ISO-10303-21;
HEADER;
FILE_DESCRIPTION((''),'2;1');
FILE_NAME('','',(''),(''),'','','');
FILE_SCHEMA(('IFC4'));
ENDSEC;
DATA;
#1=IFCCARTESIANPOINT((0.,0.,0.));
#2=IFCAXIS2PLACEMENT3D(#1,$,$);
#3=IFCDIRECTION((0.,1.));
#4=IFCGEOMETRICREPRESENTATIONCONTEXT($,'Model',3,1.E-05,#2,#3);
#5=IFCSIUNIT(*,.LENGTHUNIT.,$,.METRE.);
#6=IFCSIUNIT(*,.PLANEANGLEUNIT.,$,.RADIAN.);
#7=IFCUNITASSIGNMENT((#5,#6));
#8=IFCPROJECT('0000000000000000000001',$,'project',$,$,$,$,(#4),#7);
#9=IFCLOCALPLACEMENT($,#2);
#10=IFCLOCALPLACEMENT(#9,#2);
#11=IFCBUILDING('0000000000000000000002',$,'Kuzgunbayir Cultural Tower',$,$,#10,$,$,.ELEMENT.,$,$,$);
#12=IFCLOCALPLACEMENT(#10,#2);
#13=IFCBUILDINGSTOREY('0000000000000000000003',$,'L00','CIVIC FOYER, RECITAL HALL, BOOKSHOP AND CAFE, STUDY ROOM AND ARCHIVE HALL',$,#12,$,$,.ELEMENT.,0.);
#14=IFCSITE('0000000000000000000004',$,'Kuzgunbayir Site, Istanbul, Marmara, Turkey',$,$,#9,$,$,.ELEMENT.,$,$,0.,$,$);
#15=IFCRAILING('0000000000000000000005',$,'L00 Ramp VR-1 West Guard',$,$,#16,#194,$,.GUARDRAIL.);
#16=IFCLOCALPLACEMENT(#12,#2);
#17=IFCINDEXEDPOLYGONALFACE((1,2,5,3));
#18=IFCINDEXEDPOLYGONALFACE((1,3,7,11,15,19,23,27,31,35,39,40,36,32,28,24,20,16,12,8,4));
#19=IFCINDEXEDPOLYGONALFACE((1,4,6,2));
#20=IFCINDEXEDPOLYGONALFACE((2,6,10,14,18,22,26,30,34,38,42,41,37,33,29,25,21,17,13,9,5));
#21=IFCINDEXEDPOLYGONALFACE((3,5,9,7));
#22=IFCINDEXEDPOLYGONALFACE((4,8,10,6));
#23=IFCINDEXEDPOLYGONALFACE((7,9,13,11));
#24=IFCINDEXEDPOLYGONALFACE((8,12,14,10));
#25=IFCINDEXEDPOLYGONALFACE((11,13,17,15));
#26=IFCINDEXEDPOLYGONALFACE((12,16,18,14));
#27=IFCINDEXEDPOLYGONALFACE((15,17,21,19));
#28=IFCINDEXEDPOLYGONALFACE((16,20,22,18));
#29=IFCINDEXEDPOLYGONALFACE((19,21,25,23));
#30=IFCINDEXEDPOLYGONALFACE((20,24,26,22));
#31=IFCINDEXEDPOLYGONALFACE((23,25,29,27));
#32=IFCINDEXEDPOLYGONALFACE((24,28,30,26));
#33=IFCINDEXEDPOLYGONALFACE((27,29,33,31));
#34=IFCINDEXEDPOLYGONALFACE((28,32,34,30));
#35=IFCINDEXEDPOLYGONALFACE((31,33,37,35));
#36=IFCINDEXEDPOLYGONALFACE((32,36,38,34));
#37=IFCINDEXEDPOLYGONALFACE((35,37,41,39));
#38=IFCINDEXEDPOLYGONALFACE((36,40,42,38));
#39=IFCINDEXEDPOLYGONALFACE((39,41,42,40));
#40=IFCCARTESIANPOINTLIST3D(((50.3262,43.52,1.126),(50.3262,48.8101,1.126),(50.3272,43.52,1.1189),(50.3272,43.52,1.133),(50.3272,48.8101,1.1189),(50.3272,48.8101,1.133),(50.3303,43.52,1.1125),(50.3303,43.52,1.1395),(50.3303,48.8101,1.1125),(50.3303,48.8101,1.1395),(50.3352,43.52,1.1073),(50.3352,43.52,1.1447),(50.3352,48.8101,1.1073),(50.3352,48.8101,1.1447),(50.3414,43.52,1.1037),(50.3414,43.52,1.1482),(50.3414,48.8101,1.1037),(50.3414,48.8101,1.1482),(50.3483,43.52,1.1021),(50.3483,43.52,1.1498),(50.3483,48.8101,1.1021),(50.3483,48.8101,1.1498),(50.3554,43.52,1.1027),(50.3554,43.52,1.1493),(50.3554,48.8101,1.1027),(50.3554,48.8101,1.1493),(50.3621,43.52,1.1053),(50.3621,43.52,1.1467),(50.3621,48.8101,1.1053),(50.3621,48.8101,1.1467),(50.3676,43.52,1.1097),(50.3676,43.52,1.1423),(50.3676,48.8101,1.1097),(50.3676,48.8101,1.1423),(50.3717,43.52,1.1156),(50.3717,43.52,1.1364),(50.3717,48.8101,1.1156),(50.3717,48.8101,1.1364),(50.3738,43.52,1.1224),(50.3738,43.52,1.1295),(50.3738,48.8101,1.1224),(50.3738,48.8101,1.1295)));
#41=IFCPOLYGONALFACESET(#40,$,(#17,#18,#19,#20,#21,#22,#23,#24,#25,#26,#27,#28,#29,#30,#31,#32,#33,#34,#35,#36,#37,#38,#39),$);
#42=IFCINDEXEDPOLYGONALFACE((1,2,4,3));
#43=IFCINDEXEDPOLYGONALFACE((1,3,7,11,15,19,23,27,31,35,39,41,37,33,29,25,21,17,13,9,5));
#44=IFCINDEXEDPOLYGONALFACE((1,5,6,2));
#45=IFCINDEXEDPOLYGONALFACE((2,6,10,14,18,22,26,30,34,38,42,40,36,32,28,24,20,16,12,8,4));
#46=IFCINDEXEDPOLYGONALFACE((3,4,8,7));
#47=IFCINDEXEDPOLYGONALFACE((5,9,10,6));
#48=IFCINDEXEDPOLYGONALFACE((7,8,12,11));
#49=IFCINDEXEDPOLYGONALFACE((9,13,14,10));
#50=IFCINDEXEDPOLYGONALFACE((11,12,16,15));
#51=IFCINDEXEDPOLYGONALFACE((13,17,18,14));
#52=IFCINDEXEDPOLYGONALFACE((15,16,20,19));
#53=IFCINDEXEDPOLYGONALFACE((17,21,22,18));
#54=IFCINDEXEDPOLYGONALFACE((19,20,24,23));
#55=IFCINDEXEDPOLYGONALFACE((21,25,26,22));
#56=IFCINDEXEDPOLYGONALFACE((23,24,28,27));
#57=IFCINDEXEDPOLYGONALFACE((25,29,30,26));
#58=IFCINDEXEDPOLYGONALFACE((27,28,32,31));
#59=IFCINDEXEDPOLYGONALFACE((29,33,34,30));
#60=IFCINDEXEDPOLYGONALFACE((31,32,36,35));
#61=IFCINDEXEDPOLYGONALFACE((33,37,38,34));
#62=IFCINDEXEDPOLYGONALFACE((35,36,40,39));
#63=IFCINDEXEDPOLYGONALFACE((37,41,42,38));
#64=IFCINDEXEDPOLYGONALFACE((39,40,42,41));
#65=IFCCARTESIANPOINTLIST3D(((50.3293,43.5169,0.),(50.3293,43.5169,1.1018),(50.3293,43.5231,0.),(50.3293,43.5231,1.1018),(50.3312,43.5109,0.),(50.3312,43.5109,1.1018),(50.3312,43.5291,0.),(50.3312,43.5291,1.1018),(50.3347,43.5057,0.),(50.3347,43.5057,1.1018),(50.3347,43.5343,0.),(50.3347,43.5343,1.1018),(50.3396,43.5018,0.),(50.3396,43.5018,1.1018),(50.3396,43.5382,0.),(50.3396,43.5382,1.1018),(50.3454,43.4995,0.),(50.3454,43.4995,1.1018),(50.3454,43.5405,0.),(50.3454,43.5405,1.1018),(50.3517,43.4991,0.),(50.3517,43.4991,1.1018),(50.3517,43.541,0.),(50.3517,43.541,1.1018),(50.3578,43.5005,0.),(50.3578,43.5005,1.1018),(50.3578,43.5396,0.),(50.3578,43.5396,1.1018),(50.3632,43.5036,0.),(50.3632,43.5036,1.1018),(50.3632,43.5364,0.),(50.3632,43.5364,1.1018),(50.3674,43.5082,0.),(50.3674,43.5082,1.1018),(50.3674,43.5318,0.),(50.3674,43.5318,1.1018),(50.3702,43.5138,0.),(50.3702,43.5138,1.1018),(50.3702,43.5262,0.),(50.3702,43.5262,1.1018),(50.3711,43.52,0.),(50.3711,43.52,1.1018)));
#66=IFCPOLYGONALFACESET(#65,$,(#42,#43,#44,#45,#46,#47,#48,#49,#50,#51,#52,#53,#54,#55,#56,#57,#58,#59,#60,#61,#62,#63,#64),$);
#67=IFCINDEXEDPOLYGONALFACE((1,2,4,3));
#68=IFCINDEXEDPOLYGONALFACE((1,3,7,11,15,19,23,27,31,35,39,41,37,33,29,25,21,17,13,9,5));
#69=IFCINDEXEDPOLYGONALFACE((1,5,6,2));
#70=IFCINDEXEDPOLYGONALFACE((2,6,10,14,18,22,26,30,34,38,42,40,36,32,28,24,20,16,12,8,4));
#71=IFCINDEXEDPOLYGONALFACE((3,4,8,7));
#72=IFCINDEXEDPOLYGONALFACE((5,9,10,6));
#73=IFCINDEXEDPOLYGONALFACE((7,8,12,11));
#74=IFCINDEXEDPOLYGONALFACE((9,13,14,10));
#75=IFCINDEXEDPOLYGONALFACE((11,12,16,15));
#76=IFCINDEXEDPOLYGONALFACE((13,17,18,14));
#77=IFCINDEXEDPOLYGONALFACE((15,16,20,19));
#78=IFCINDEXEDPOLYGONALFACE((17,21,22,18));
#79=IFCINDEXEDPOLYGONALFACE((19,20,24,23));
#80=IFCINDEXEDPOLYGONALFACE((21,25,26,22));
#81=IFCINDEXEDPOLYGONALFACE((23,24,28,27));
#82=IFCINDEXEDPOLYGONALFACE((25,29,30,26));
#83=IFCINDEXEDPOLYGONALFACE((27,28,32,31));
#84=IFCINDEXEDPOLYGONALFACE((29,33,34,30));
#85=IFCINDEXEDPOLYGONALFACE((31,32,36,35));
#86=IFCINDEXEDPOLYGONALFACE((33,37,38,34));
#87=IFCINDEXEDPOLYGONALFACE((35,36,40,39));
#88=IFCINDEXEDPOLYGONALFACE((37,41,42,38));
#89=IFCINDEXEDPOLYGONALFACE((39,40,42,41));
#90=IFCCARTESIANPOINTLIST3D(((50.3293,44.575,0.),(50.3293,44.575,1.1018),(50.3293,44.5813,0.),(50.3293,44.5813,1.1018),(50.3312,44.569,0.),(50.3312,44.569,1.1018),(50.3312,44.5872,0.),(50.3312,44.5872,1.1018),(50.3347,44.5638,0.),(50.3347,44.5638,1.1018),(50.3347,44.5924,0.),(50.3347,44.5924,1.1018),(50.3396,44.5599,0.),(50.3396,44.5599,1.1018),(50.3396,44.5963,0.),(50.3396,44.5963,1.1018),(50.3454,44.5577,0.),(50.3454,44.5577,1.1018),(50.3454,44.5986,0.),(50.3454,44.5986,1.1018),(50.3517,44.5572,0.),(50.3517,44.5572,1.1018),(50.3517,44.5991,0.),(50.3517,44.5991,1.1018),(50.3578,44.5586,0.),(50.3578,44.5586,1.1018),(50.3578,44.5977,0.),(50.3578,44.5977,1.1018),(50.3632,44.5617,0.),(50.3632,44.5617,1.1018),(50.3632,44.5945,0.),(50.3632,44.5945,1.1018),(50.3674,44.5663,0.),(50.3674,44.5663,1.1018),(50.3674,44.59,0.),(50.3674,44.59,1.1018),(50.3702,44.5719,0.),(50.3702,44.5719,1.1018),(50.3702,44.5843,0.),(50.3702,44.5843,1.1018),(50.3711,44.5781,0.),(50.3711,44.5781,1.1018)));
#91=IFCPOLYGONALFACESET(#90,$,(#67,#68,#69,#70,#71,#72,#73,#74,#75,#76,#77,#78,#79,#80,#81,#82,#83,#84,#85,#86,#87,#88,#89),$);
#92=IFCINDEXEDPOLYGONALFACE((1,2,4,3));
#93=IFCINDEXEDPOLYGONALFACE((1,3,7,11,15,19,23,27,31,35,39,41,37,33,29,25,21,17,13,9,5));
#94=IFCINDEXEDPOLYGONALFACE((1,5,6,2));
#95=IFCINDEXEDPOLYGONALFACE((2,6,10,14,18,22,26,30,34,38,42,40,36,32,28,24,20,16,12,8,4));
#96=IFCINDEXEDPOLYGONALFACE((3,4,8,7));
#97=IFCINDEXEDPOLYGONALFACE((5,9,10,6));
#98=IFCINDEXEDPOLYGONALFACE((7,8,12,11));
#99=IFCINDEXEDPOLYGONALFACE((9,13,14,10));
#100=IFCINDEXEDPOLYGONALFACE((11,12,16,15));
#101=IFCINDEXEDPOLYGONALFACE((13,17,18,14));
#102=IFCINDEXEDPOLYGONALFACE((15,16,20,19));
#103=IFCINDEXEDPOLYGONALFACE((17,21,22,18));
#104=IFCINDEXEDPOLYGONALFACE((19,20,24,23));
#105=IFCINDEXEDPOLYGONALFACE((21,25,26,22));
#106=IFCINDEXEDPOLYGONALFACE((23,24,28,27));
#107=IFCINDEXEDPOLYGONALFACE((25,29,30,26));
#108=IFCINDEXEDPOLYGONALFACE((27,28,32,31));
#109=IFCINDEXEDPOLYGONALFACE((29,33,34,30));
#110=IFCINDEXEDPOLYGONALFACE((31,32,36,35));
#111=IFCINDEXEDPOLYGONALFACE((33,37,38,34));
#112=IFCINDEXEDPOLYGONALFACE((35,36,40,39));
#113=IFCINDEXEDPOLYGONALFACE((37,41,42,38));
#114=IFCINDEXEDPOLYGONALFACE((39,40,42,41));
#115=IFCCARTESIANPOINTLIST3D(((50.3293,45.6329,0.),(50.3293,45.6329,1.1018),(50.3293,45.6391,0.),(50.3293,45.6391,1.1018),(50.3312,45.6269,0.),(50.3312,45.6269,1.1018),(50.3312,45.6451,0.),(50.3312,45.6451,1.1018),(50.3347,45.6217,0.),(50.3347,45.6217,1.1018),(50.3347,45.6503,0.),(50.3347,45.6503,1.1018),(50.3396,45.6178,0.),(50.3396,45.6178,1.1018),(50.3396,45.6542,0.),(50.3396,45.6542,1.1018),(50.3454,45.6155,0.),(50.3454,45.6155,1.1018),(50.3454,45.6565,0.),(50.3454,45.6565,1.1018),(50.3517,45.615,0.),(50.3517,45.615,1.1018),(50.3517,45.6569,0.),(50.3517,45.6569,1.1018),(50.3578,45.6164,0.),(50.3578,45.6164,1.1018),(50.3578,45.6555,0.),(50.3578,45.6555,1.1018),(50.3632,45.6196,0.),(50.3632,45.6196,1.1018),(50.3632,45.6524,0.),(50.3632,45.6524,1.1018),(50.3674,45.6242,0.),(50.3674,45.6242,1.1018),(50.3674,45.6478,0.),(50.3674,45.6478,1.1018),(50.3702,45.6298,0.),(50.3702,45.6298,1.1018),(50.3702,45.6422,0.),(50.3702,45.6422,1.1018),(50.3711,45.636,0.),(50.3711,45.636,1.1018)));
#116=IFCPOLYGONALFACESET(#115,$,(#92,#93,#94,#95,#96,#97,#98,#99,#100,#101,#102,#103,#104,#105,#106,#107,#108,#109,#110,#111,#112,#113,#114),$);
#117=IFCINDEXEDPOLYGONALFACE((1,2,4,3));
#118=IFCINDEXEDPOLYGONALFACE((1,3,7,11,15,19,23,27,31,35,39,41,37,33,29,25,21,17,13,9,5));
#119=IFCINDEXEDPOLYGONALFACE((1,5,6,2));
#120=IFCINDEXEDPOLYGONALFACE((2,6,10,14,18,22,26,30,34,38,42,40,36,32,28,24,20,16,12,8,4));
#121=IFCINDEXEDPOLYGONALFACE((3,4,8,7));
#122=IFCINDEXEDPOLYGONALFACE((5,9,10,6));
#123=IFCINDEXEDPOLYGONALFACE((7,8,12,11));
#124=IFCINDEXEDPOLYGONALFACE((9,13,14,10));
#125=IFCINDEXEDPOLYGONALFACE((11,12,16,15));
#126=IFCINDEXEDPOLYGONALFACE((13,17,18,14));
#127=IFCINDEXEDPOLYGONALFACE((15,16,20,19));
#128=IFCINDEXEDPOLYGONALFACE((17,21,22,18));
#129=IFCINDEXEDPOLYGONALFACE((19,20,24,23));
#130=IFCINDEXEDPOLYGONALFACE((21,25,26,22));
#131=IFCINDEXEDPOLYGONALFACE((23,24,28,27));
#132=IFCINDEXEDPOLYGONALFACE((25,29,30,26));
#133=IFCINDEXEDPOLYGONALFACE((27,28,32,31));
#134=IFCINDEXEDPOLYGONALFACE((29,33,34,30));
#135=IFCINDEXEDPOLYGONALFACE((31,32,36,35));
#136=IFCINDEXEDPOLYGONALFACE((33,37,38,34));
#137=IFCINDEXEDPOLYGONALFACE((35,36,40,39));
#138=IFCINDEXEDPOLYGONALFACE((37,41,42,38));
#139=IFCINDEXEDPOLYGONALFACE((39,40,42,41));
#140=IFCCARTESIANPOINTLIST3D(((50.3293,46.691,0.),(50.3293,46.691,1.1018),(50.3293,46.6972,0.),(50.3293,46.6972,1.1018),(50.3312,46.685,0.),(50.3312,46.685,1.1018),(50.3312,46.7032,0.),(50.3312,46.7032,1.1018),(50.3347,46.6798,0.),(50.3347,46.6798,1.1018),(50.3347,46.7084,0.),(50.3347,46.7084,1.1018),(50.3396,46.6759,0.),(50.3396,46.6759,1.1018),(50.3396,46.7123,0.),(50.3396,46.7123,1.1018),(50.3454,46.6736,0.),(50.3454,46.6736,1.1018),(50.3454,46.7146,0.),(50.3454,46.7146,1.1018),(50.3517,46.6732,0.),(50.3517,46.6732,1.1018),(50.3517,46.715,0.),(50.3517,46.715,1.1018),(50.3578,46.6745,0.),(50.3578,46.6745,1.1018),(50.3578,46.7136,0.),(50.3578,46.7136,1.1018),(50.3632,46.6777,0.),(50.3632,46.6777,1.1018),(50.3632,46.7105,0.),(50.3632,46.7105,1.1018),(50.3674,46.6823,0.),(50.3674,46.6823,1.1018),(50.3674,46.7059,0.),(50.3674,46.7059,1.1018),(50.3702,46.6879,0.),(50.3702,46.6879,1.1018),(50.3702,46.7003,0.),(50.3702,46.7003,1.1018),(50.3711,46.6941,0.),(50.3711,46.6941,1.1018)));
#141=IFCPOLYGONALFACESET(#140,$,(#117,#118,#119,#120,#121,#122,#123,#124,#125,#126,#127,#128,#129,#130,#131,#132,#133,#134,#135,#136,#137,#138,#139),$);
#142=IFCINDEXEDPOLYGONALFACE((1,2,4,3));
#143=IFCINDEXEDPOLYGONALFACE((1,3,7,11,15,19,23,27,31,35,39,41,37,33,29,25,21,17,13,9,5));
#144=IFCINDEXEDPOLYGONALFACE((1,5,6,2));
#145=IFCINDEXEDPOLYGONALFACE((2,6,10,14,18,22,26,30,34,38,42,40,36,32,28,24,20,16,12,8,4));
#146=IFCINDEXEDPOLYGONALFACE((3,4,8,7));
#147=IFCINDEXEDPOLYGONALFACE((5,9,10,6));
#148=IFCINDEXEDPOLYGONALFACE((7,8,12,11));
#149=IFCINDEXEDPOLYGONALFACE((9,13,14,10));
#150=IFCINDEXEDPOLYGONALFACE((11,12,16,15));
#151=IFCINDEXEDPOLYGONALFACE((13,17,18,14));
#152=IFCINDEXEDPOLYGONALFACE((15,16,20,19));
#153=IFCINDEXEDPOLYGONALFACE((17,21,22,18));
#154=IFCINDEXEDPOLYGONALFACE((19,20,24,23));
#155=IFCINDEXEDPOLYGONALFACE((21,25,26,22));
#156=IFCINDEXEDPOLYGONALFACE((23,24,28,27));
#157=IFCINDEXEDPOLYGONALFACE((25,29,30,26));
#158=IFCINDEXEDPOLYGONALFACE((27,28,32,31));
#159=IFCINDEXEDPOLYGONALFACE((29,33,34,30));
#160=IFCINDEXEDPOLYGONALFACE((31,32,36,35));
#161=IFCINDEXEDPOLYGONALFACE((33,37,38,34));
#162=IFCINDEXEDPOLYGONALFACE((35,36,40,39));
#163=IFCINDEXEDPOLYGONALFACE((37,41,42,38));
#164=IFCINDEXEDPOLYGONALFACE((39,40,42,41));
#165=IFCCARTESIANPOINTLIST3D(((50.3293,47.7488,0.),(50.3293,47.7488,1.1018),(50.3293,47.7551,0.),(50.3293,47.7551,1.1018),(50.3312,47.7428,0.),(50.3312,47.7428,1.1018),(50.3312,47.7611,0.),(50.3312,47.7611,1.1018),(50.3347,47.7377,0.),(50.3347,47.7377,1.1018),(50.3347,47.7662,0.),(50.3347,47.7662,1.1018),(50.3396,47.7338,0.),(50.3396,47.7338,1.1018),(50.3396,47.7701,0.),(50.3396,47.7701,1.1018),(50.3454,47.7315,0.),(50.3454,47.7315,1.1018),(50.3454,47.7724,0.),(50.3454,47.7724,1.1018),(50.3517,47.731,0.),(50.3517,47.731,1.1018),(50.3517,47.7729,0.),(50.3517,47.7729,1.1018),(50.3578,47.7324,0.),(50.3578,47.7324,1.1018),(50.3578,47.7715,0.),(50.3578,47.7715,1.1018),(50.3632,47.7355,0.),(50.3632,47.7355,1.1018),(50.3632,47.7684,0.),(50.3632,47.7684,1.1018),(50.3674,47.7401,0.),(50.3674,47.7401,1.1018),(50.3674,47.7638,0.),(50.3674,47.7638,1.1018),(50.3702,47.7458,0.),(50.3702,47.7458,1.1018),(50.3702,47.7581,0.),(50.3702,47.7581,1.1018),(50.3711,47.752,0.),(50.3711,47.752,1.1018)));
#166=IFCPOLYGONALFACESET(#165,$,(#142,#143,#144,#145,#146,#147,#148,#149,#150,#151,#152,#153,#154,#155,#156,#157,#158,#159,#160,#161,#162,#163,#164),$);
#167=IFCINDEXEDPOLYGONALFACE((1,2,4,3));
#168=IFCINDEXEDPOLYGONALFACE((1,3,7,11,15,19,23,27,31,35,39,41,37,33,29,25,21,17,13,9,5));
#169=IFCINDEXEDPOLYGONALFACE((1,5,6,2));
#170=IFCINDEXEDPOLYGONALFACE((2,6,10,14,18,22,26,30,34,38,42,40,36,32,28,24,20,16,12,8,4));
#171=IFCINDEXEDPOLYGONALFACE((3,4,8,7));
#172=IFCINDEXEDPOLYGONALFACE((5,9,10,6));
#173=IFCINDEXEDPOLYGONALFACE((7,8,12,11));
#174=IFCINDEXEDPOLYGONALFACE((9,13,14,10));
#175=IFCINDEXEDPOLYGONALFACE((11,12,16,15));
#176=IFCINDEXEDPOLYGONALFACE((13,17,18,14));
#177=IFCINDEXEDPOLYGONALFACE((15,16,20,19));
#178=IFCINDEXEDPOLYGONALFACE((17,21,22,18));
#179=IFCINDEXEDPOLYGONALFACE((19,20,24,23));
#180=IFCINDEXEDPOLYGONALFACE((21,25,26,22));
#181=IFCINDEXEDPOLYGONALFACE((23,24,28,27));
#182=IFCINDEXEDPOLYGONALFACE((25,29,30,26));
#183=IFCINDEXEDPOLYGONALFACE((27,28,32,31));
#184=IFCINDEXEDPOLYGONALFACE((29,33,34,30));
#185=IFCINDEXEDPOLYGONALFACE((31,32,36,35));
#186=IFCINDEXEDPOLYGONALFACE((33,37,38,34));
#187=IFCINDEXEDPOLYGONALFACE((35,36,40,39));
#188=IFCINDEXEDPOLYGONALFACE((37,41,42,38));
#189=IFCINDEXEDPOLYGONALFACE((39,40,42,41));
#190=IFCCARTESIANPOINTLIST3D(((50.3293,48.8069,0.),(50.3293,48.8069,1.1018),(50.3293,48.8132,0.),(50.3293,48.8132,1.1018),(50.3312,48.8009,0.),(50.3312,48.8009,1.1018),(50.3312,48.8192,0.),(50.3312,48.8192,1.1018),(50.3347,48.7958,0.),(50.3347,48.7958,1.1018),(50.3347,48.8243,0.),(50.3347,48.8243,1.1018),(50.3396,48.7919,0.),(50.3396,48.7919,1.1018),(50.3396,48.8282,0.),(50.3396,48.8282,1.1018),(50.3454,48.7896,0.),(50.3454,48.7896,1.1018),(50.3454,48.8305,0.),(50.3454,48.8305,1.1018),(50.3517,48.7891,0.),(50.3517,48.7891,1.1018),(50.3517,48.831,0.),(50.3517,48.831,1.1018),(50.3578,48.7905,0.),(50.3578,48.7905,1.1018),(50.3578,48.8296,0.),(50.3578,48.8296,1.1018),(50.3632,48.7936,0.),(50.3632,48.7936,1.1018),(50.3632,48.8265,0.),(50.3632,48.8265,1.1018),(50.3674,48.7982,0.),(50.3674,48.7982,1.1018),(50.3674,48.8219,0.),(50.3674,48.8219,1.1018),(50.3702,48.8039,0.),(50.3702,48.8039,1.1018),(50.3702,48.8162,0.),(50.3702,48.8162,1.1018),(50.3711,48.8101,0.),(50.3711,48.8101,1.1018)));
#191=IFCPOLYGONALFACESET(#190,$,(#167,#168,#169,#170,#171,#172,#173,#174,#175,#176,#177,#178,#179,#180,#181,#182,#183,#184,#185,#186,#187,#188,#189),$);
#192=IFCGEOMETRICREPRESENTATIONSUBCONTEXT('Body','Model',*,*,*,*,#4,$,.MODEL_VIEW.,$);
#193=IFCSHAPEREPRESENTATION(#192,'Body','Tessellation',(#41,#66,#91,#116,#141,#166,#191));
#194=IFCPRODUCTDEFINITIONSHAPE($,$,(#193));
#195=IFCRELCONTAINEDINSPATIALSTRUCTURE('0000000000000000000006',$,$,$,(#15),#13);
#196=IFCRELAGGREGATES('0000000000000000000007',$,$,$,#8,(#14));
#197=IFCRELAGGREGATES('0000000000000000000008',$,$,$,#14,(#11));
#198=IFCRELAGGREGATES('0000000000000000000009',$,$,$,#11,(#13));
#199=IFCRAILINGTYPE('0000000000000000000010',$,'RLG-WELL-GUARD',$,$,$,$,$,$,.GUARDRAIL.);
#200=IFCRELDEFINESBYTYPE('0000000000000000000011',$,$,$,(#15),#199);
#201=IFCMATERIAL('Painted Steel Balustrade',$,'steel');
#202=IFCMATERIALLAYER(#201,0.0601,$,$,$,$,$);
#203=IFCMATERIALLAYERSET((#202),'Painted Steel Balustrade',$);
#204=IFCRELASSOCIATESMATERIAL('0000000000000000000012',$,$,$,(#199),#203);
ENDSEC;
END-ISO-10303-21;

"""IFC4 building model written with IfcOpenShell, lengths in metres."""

from ifc_helpers import new_model, si_unit, direction, frame, origin, origin_2d, place, context, subcontext, project, spatial, circle, extrude, material, layer, layer_set, type_object, element, save


model = new_model("IFC4")

# Units and contexts
model_context = context("Model", 3, precision=1e-05, world=origin(), true_north=direction((0.0, 1.0)))
body_context = subcontext(model_context, "Body", "Model", "MODEL_VIEW")
ifc_project = project(units=[si_unit("LENGTHUNIT", "METRE"), si_unit("PLANEANGLEUNIT", "RADIAN")], contexts=[model_context])

# Site, building, storey
site_placement = place(None, origin())
site = spatial("IfcSite", under=ifc_project, at=site_placement, Name="Kuzgunbayir Site, Istanbul, Marmara, Turkey", CompositionType="ELEMENT", RefElevation=0.0)
building_placement = place(site_placement, origin())
building = spatial("IfcBuilding", under=site, at=building_placement, Name="Kuzgunbayir Cultural Tower", CompositionType="ELEMENT")
storey_placement = place(building_placement, origin())
storey = spatial("IfcBuildingStorey", under=building, at=storey_placement, Name="L00", Description="CIVIC FOYER, RECITAL HALL, BOOKSHOP AND CAFE, STUDY ROOM AND ARCHIVE HALL", CompositionType="ELEMENT", Elevation=0.0)

# Railing
ifc_material_1 = material(Name="Painted Steel Balustrade", Category="steel")
ifc_layer_1 = layer(ifc_material_1, 0.0601)
ifc_layer_set_1 = layer_set([ifc_layer_1], Name="Painted Steel Balustrade")
railing_type = type_object("IfcRailingType", Name="RLG-WELL-GUARD", PredefinedType="GUARDRAIL", material=ifc_layer_set_1)
railing_1_placement = place(storey_placement, frame((50.3501, 43.52, 0.0)))
element("IfcRailing", 1, at=railing_1_placement, inside=storey, type_object=railing_type, Name="L00 Ramp VR-1 West Guard", PredefinedType="GUARDRAIL", context=body_context, shape_type="SweptSolid", body=[
    extrude(circle(Radius=0.0239, at=origin_2d()), frame((0.0, 0.0, 1.126), z_axis=(0.0, 1.0, 0.0), x_axis=(-1.0, 0.0, 0.0)), (0.0, 0.0, 1.0), 5.29),
    extrude(circle(Radius=0.021, at=origin_2d()), origin(), (0.0, 0.0, 1.0), 1.1018),
    extrude(circle(Radius=0.021, at=origin_2d()), frame((0.0, 1.0581, 0.0)), (0.0, 0.0, 1.0), 1.1018),
    extrude(circle(Radius=0.021, at=origin_2d()), frame((0.0, 2.116, 0.0)), (0.0, 0.0, 1.0), 1.1018),
    extrude(circle(Radius=0.021, at=origin_2d()), frame((0.0, 3.1741, 0.0)), (0.0, 0.0, 1.0), 1.1018),
    extrude(circle(Radius=0.021, at=origin_2d()), frame((0.0, 4.2319, 0.0)), (0.0, 0.0, 1.0), 1.1018),
    extrude(circle(Radius=0.021, at=origin_2d()), frame((0.0, 5.29, 0.0)), (0.0, 0.0, 1.0), 1.1018),
])

save(model, "model.ifc")
